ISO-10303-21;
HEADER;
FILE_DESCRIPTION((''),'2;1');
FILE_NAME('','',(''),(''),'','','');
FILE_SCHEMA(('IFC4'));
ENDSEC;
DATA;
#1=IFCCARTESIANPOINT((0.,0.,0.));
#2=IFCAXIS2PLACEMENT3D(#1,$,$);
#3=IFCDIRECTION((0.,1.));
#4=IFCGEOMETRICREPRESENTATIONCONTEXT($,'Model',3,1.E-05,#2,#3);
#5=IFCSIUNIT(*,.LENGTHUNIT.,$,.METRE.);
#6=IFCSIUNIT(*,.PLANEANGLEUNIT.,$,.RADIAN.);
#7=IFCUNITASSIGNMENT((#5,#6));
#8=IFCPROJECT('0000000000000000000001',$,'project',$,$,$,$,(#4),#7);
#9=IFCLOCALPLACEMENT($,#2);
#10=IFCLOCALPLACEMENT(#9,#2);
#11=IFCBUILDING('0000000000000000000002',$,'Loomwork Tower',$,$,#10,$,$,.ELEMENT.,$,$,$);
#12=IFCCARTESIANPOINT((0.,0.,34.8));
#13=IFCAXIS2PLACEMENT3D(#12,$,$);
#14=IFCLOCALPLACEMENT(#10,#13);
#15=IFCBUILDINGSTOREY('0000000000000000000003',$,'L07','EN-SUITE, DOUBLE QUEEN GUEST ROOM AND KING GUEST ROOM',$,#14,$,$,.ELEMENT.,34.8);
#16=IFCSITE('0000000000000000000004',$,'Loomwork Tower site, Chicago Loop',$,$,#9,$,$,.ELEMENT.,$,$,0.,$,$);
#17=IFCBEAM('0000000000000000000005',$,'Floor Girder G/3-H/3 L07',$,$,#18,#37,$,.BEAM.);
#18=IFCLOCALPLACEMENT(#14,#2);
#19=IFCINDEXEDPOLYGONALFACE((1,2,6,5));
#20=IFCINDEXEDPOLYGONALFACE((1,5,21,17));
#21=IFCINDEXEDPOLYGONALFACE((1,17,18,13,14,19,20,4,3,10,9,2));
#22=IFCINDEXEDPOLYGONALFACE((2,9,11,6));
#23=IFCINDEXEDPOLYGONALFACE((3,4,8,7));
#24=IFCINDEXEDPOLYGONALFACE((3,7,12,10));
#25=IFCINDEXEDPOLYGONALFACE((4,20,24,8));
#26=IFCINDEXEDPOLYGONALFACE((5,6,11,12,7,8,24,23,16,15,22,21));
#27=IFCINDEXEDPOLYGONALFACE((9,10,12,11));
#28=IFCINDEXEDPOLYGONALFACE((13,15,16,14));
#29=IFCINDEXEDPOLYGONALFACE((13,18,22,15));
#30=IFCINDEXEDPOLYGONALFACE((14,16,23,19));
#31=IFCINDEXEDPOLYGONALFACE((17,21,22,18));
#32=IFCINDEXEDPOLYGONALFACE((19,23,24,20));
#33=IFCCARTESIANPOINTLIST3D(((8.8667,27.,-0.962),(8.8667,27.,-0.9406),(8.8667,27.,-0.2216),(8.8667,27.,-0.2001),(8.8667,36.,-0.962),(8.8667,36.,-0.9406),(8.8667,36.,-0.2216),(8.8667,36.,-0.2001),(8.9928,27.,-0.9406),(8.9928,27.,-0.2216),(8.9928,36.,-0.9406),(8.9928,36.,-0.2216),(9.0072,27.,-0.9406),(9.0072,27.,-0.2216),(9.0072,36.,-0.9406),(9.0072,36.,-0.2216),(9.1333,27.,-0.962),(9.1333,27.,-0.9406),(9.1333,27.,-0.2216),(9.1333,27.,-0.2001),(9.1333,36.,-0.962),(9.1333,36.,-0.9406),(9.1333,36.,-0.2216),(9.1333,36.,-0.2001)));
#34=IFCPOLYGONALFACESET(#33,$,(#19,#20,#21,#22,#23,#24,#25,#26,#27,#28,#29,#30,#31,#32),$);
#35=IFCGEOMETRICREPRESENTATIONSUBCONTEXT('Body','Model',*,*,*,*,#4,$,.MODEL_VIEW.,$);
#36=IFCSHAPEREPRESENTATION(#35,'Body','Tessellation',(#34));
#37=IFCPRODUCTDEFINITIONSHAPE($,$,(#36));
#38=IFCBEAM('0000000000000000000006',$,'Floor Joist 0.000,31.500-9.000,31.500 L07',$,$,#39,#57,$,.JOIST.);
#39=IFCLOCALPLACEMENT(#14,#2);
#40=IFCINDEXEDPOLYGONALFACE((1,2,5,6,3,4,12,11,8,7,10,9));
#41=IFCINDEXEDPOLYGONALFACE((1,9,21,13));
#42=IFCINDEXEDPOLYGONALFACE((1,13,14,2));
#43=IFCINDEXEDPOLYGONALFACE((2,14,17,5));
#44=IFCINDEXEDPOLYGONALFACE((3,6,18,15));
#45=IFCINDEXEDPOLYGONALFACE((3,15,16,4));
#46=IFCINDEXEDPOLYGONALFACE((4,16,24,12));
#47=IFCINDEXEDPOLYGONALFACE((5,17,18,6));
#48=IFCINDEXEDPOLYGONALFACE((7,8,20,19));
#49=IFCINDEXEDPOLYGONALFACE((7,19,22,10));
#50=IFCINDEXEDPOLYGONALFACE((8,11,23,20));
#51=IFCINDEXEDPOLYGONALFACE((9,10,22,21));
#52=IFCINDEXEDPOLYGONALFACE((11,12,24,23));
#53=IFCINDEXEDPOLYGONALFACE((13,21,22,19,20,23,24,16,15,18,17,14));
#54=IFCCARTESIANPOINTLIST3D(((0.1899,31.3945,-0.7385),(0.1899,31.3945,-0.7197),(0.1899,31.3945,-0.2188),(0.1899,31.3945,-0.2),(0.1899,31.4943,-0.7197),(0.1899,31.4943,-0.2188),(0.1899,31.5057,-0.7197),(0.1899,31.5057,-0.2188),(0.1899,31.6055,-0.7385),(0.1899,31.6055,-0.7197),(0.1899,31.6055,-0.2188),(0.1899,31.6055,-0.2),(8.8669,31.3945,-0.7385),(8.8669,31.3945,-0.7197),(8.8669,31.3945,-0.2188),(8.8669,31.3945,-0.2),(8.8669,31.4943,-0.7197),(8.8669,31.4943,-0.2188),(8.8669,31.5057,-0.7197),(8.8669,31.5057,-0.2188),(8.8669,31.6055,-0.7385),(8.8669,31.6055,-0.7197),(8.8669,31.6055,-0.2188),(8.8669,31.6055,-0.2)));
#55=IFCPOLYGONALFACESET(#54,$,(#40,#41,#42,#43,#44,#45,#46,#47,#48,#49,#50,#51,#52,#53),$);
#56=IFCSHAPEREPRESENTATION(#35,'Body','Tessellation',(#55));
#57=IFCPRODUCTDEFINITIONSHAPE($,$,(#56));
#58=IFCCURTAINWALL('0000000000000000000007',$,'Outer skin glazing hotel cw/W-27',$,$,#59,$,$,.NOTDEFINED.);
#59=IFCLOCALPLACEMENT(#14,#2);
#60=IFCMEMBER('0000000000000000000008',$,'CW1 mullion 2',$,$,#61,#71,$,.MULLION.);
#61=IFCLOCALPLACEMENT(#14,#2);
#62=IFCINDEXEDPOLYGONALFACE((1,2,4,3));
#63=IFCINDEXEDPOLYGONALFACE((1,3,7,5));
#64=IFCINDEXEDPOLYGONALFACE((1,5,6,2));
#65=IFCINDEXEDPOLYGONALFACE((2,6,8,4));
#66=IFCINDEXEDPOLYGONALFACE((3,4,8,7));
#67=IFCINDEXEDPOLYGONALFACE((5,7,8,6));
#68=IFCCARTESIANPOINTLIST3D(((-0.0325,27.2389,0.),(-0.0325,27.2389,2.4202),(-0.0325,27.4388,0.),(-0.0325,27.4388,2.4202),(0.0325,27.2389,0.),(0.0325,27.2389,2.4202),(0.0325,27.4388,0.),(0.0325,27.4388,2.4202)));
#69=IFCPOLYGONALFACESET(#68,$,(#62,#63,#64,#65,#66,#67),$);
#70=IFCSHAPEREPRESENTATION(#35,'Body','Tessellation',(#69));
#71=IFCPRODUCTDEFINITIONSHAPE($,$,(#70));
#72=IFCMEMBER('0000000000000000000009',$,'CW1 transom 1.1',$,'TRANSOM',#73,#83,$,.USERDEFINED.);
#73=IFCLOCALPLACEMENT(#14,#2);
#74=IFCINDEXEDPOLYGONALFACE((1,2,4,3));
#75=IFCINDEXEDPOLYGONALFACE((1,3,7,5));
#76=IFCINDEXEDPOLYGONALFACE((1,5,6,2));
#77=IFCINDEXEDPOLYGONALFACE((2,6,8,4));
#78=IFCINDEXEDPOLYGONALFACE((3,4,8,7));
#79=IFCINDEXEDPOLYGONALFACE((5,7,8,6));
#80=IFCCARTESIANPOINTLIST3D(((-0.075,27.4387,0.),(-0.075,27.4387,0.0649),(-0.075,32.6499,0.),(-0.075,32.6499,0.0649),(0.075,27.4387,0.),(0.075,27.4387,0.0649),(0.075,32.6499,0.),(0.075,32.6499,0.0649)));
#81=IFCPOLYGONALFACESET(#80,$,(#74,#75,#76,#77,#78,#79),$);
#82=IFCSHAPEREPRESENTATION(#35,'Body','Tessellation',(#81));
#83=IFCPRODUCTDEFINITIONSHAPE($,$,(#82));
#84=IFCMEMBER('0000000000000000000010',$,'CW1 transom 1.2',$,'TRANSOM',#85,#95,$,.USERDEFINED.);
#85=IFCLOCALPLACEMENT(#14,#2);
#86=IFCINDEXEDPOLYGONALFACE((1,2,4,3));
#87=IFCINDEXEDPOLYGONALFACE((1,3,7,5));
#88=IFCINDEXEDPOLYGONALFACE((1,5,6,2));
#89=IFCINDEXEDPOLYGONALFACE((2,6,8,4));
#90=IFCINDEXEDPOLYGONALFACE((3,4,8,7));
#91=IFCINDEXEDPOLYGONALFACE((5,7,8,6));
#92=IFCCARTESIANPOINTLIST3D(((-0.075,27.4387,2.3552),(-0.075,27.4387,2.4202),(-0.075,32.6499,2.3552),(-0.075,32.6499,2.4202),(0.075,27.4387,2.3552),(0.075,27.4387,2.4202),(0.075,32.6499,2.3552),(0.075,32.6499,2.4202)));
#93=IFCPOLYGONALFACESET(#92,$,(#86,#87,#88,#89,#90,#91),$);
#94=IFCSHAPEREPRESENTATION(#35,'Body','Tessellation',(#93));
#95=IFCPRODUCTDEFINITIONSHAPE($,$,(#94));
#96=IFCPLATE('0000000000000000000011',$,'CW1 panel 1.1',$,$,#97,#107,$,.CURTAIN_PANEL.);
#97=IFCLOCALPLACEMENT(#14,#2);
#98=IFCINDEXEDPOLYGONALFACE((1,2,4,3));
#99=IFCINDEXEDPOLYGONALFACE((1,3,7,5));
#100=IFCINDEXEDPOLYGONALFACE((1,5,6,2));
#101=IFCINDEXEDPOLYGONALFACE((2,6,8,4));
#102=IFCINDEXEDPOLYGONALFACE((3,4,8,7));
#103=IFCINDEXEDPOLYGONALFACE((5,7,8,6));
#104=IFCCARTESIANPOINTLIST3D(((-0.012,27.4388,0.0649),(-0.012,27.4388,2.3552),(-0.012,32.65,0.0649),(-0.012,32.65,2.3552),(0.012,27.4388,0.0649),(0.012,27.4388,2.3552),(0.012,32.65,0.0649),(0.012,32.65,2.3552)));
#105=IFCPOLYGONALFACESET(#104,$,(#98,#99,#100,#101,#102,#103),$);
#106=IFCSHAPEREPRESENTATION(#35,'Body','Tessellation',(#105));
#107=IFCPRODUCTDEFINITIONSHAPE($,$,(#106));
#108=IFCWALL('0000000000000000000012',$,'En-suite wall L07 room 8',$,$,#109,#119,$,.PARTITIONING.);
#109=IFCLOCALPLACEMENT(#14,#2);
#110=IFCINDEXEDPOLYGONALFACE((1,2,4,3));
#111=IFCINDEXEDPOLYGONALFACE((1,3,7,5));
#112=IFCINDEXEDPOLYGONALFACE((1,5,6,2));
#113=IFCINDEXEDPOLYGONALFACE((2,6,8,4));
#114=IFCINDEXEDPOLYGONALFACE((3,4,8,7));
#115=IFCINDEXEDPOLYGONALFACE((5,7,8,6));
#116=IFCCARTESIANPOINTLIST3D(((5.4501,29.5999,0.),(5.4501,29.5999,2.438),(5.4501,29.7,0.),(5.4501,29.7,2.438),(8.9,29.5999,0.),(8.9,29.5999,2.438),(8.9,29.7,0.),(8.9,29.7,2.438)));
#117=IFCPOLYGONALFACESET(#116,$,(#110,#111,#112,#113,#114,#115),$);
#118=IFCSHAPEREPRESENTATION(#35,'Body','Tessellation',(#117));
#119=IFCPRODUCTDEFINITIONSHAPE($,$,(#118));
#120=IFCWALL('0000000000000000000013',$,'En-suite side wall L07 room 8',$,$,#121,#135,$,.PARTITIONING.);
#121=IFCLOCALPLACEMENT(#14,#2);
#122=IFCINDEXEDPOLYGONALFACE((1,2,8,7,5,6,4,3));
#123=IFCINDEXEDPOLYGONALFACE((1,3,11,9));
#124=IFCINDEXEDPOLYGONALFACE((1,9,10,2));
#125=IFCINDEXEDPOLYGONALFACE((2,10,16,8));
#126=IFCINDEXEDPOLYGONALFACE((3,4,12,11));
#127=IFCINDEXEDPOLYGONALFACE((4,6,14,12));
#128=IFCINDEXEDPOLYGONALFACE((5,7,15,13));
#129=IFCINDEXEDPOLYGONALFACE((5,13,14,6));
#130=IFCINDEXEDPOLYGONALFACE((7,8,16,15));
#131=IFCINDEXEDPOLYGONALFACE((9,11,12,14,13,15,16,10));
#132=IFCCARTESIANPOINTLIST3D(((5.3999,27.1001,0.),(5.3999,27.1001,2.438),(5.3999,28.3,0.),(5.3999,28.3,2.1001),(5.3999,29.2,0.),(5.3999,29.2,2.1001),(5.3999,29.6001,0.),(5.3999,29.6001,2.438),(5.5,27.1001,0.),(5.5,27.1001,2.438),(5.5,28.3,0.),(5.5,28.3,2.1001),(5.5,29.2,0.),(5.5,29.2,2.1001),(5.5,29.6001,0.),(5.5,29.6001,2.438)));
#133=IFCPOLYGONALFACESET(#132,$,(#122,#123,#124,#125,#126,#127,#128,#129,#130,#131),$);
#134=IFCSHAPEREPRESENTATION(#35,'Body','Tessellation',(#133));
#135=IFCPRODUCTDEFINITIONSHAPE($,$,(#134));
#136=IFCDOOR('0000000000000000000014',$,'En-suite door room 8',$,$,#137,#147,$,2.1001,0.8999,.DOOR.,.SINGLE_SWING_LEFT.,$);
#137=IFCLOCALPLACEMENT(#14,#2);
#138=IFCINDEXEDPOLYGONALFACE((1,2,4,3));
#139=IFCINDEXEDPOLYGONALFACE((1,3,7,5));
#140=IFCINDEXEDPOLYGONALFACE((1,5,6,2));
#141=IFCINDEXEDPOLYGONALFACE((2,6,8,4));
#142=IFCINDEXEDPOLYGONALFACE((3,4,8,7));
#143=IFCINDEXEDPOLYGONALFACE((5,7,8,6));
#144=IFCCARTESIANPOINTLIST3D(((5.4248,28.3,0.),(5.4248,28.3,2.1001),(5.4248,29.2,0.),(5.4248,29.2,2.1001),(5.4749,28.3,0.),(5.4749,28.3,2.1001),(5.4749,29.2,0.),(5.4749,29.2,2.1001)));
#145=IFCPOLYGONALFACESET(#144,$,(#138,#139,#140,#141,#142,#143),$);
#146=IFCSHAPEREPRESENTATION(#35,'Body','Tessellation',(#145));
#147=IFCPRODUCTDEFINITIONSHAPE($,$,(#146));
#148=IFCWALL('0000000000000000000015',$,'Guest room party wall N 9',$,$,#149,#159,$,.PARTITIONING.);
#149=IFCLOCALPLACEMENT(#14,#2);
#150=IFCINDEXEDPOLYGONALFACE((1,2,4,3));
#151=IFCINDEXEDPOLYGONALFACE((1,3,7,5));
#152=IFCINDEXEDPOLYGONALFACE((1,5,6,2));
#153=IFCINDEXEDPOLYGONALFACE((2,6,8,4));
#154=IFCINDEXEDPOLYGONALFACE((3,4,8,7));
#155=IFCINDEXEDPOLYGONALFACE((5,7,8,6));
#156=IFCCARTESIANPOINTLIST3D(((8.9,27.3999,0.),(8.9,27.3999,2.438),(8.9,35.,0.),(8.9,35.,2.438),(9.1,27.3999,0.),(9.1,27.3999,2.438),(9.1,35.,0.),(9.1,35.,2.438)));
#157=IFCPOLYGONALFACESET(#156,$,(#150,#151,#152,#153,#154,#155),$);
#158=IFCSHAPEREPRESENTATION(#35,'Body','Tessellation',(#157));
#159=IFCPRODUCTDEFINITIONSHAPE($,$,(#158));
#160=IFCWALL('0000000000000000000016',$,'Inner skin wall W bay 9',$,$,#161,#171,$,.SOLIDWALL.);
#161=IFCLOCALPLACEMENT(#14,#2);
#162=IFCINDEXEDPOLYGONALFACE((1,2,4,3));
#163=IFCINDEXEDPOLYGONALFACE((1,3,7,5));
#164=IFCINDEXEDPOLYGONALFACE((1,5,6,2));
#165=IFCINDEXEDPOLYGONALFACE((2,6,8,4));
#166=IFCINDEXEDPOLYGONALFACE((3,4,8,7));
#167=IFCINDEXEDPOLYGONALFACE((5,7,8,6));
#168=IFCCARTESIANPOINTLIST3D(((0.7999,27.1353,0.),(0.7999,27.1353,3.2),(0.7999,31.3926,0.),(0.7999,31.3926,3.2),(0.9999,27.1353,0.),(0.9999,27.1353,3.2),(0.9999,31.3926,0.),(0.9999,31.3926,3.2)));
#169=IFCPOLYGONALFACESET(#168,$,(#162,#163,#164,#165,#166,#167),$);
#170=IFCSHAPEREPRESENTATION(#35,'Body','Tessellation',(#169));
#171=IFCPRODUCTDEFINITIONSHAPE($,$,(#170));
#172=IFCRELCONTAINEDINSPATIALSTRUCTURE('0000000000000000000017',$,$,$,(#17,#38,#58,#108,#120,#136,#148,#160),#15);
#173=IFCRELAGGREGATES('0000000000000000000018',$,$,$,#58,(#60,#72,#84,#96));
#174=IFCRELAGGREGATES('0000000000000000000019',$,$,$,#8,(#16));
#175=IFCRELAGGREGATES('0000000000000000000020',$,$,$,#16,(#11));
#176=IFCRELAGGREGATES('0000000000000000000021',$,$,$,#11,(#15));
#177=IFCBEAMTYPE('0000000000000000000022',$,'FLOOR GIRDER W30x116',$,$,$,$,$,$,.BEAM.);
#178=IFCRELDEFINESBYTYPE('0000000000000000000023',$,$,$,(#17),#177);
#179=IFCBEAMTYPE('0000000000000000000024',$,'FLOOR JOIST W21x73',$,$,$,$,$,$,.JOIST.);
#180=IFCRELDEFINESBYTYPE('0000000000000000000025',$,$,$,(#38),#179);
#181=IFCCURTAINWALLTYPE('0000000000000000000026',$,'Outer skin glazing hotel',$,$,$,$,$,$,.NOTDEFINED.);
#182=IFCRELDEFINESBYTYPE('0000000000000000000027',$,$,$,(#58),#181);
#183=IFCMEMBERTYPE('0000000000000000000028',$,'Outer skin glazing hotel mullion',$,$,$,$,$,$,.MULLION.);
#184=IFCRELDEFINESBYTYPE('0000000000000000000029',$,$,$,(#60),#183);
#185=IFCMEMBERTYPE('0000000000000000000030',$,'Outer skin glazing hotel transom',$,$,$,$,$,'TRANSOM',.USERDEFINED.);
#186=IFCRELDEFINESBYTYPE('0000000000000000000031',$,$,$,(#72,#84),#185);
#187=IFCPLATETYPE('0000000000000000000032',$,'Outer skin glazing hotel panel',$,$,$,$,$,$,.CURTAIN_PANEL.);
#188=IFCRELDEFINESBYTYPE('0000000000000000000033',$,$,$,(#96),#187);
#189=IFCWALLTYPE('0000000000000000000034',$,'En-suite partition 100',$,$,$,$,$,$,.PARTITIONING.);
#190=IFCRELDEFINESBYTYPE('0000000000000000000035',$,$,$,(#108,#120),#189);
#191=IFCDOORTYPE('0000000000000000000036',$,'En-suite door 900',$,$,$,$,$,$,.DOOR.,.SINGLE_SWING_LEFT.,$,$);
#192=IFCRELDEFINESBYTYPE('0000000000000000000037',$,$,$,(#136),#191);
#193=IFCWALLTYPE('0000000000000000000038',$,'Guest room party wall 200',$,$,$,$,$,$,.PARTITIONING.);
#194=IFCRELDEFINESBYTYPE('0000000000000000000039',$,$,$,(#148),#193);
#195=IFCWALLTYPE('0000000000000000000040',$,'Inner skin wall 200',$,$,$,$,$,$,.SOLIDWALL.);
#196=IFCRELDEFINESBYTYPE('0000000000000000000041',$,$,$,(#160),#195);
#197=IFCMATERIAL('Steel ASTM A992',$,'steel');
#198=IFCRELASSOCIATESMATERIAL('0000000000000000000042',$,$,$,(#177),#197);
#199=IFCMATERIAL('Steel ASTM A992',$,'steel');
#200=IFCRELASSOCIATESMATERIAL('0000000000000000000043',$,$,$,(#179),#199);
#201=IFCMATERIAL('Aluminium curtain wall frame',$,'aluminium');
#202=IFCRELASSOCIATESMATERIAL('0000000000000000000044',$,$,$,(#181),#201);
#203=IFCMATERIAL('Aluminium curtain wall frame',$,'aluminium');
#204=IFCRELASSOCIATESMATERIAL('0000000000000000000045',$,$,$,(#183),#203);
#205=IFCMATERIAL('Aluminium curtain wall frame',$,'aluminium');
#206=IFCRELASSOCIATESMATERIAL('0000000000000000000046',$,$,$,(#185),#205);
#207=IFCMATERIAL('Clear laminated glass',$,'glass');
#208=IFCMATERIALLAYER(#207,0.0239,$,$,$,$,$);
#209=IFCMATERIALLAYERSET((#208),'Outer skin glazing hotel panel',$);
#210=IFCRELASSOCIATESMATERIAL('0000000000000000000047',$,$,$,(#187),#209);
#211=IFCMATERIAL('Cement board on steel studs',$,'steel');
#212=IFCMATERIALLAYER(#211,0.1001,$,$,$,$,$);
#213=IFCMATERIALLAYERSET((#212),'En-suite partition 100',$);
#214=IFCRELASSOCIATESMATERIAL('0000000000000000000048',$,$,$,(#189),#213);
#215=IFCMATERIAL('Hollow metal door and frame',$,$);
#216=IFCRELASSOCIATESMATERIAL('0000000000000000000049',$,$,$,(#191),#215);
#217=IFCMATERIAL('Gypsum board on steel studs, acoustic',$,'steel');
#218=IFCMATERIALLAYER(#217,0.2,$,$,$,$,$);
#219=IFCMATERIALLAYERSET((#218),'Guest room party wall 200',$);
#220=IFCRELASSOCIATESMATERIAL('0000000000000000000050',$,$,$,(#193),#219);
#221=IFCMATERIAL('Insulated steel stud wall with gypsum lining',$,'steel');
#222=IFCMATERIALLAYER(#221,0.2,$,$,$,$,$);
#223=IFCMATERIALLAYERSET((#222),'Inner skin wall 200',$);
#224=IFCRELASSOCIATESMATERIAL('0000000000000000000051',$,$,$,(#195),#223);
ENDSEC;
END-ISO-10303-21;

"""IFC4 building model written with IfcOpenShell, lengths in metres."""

from ifc_helpers import new_model, si_unit, direction, frame, frame_2d, origin, origin_2d, place, context, subcontext, project, spatial, rectangle, i_section, extrude, material, layer, layer_set, material_profile, profile_set, type_object, element, fill, aggregate, save


model = new_model("IFC4")

# Units and contexts
model_context = context("Model", 3, precision=1e-05, world=origin(), true_north=direction((0.0, 1.0)))
body_context = subcontext(model_context, "Body", "Model", "MODEL_VIEW")
ifc_project = project(units=[si_unit("LENGTHUNIT", "METRE"), si_unit("PLANEANGLEUNIT", "RADIAN")], contexts=[model_context])

# Site, building, storey
site_placement = place(None, origin())
site = spatial("IfcSite", under=ifc_project, at=site_placement, Name="Loomwork Tower site, Chicago Loop", CompositionType="ELEMENT", RefElevation=0.0)
building_placement = place(site_placement, origin())
building = spatial("IfcBuilding", under=site, at=building_placement, Name="Loomwork Tower", CompositionType="ELEMENT")
storey_placement = place(building_placement, frame((0.0, 0.0, 34.8)))
storey = spatial("IfcBuildingStorey", under=building, at=storey_placement, Name="L07", Description="EN-SUITE, DOUBLE QUEEN GUEST ROOM AND KING GUEST ROOM", CompositionType="ELEMENT", Elevation=34.8)

# Beams
ifc_material_1 = material(Name="Steel ASTM A992", Category="steel")
ifc_material_profile_1 = material_profile(ifc_material_1, i_section(OverallWidth=0.2666, OverallDepth=0.762, WebThickness=0.0144, FlangeThickness=0.0215, at=origin_2d()), Name="W30x116")
ifc_profile_set_1 = profile_set([ifc_material_profile_1], Name="Steel ASTM A992")
beam_type_1 = type_object("IfcBeamType", Name="FLOOR GIRDER W30x116", PredefinedType="BEAM", material=ifc_profile_set_1)
beam_1_placement = place(storey_placement, frame((9.0, 27.0, -0.5811), z_axis=(0.0, 1.0, 0.0), x_axis=(-1.0, 0.0, 0.0)))
element("IfcBeam", 1, at=beam_1_placement, inside=storey, type_object=beam_type_1, Name="Floor Girder G/3-H/3 L07", PredefinedType="BEAM", context=body_context, shape_type="SweptSolid", body=[
    extrude(i_section(OverallWidth=0.2666, OverallDepth=0.762, WebThickness=0.0144, FlangeThickness=0.0215, at=origin_2d()), origin(), (0.0, 0.0, 1.0), 9.0),
])
ifc_material_2 = material(Name="Steel ASTM A992", Category="steel")
ifc_material_profile_2 = material_profile(ifc_material_2, i_section(OverallWidth=0.2109, OverallDepth=0.5386, WebThickness=0.0115, FlangeThickness=0.0188, at=origin_2d()), Name="W21x73")
ifc_profile_set_2 = profile_set([ifc_material_profile_2], Name="Steel ASTM A992")
beam_type_2 = type_object("IfcBeamType", Name="FLOOR JOIST W21x73", PredefinedType="JOIST", material=ifc_profile_set_2)
beam_2_placement = place(storey_placement, frame((0.1899, 31.5, -0.4692), z_axis=(1.0, 0.0, 0.0), x_axis=(0.0, 1.0, 0.0)))
element("IfcBeam", 2, at=beam_2_placement, inside=storey, type_object=beam_type_2, Name="Floor Joist 0.000,31.500-9.000,31.500 L07", PredefinedType="JOIST", context=body_context, shape_type="SweptSolid", body=[
    extrude(i_section(OverallWidth=0.2109, OverallDepth=0.5386, WebThickness=0.0115, FlangeThickness=0.0188, at=origin_2d()), origin(), (0.0, 0.0, 1.0), 8.677),
])

# Curtain wall, members, plate
ifc_material_3 = material(Name="Aluminium curtain wall frame", Category="aluminium")
curtain_wall_type = type_object("IfcCurtainWallType", Name="Outer skin glazing hotel", PredefinedType="NOTDEFINED", material=ifc_material_3)
curtain_wall_placement = place(storey_placement, origin())
curtain_wall = element("IfcCurtainWall", 3, at=curtain_wall_placement, inside=storey, type_object=curtain_wall_type, Name="Outer skin glazing hotel cw/W-27", PredefinedType="NOTDEFINED")
ifc_material_4 = material(Name="Aluminium curtain wall frame", Category="aluminium")
ifc_material_profile_3 = material_profile(ifc_material_4, rectangle(XDim=0.0649, YDim=0.2, at=origin_2d()), Name="AL 65x200")
ifc_profile_set_3 = profile_set([ifc_material_profile_3], Name="Aluminium curtain wall frame")
member_type_1 = type_object("IfcMemberType", Name="Outer skin glazing hotel mullion", PredefinedType="MULLION", material=ifc_profile_set_3)
member_1_placement = place(storey_placement, frame((0.0, 27.3389, 0.0), z_axis=(0.0, 0.0, 1.0), x_axis=(1.0, 0.0, 0.0)))
member_1 = element("IfcMember", 4, at=member_1_placement, type_object=member_type_1, Name="CW1 mullion 2", PredefinedType="MULLION", context=body_context, shape_type="SweptSolid", body=[
    extrude(rectangle(XDim=0.0649, YDim=0.2, at=origin_2d()), origin(), (0.0, 0.0, 1.0), 2.4202),
])
ifc_material_5 = material(Name="Aluminium curtain wall frame", Category="aluminium")
ifc_material_profile_4 = material_profile(ifc_material_5, rectangle(XDim=0.1499, YDim=0.0649, at=origin_2d()), Name="AL 65x150")
ifc_profile_set_4 = profile_set([ifc_material_profile_4], Name="Aluminium curtain wall frame")
member_type_2 = type_object("IfcMemberType", Name="Outer skin glazing hotel transom", ElementType="TRANSOM", PredefinedType="USERDEFINED", material=ifc_profile_set_4)
member_2_placement = place(storey_placement, frame((0.0, 32.6499, 0.0325), z_axis=(0.0, -1.0, 0.0), x_axis=(1.0, 0.0, 0.0)))
member_2 = element("IfcMember", 5, at=member_2_placement, type_object=member_type_2, Name="CW1 transom 1.1", ObjectType="TRANSOM", PredefinedType="USERDEFINED", context=body_context, shape_type="SweptSolid", body=[
    extrude(rectangle(XDim=0.1499, YDim=0.0649, at=origin_2d()), origin(), (0.0, 0.0, 1.0), 5.2112),
])
member_3_placement = place(storey_placement, frame((0.0, 32.6499, 2.3877), z_axis=(0.0, -1.0, 0.0), x_axis=(1.0, 0.0, 0.0)))
member_3 = element("IfcMember", 6, at=member_3_placement, type_object=member_type_2, Name="CW1 transom 1.2", ObjectType="TRANSOM", PredefinedType="USERDEFINED", context=body_context, shape_type="SweptSolid", body=[
    extrude(rectangle(XDim=0.1499, YDim=0.0649, at=origin_2d()), origin(), (0.0, 0.0, 1.0), 5.2112),
])
ifc_material_6 = material(Name="Clear laminated glass", Category="glass")
ifc_layer_1 = layer(ifc_material_6, 0.0239)
ifc_layer_set_1 = layer_set([ifc_layer_1], Name="Outer skin glazing hotel panel")
plate_type = type_object("IfcPlateType", Name="Outer skin glazing hotel panel", PredefinedType="CURTAIN_PANEL", material=ifc_layer_set_1)
plate_placement = place(storey_placement, frame((0.0, 30.0444, 0.0649), z_axis=(0.0, 0.0, 1.0), x_axis=(0.0, -1.0, 0.0)))
plate = element("IfcPlate", 7, at=plate_placement, type_object=plate_type, Name="CW1 panel 1.1", PredefinedType="CURTAIN_PANEL", context=body_context, shape_type="SweptSolid", body=[
    extrude(rectangle(XDim=5.2112, YDim=0.0239, at=origin_2d()), origin(), (0.0, 0.0, 1.0), 2.2903),
])
aggregate(curtain_wall, [member_1, member_2, member_3, plate])

# Wall
ifc_material_7 = material(Name="Cement board on steel studs", Category="steel")
ifc_layer_2 = layer(ifc_material_7, 0.1001)
ifc_layer_set_2 = layer_set([ifc_layer_2], Name="En-suite partition 100")
wall_type_1 = type_object("IfcWallType", Name="En-suite partition 100", PredefinedType="PARTITIONING", material=ifc_layer_set_2)
wall_1_placement = place(storey_placement, frame((5.45, 29.6499, 0.0), z_axis=(0.0, 0.0, 1.0), x_axis=(1.0, 0.0, 0.0)))
element("IfcWall", 8, at=wall_1_placement, inside=storey, type_object=wall_type_1, Name="En-suite wall L07 room 8", PredefinedType="PARTITIONING", context=body_context, shape_type="SweptSolid", body=[
    extrude(rectangle(XDim=3.45, YDim=0.1001, at=frame_2d((1.7251, 0.0))), origin(), (0.0, 0.0, 1.0), 2.438),
])

# Wall, opening, door
wall_2_placement = place(storey_placement, frame((5.45, 27.1001, 0.0), z_axis=(0.0, 0.0, 1.0), x_axis=(0.0, 1.0, 0.0)))
wall_2 = element("IfcWall", 9, at=wall_2_placement, inside=storey, type_object=wall_type_1, Name="En-suite side wall L07 room 8", PredefinedType="PARTITIONING", context=body_context, shape_type="SweptSolid", body=[
    extrude(rectangle(XDim=2.5, YDim=0.1001, at=frame_2d((1.25, 0.0))), origin(), (0.0, 0.0, 1.0), 2.438),
])
opening_placement = place(wall_2_placement, frame((1.2, 0.0, 0.0)))
opening = element("IfcOpeningElement", 10, at=opening_placement, cuts=wall_2, PredefinedType="OPENING", context=body_context, shape_type="SweptSolid", body=[
    extrude(rectangle(XDim=0.8999, YDim=2.1001, at=frame_2d((0.45, 1.05))), frame((0.0, 0.0601, 0.0), z_axis=(0.0, -1.0, 0.0), x_axis=(1.0, 0.0, 0.0)), (0.0, 0.0, 1.0), 0.1201),
])
ifc_material_8 = material(Name="Hollow metal door and frame")
door_type = type_object("IfcDoorType", Name="En-suite door 900", OperationType="SINGLE_SWING_LEFT", PredefinedType="DOOR", material=ifc_material_8)
door_placement = place(opening_placement, frame((0.8999, 0.0, 0.0), z_axis=(0.0, 0.0, 1.0), x_axis=(-1.0, 0.0, 0.0)))
door = element("IfcDoor", 11, at=door_placement, inside=storey, type_object=door_type, Name="En-suite door room 8", OperationType="SINGLE_SWING_LEFT", OverallHeight=2.1001, OverallWidth=0.8999, PredefinedType="DOOR", context=body_context, shape_type="SweptSolid", body=[
    extrude(rectangle(XDim=0.8999, YDim=2.1001, at=frame_2d((0.45, 1.05))), frame((0.0, 0.0249, 0.0), z_axis=(0.0, -1.0, 0.0), x_axis=(1.0, 0.0, 0.0)), (0.0, 0.0, 1.0), 0.05),
])
fill(opening, door)

# Walls
ifc_material_9 = material(Name="Gypsum board on steel studs, acoustic", Category="steel")
ifc_layer_3 = layer(ifc_material_9, 0.2)
ifc_layer_set_3 = layer_set([ifc_layer_3], Name="Guest room party wall 200")
wall_type_2 = type_object("IfcWallType", Name="Guest room party wall 200", PredefinedType="PARTITIONING", material=ifc_layer_set_3)
wall_3_placement = place(storey_placement, frame((9.0, 27.3999, 0.0), z_axis=(0.0, 0.0, 1.0), x_axis=(0.0, 1.0, 0.0)))
element("IfcWall", 12, at=wall_3_placement, inside=storey, type_object=wall_type_2, Name="Guest room party wall N 9", PredefinedType="PARTITIONING", context=body_context, shape_type="SweptSolid", body=[
    extrude(rectangle(XDim=7.6001, YDim=0.2, at=frame_2d((3.8, 0.0))), origin(), (0.0, 0.0, 1.0), 2.438),
])
ifc_material_10 = material(Name="Insulated steel stud wall with gypsum lining", Category="steel")
ifc_layer_4 = layer(ifc_material_10, 0.2)
ifc_layer_set_4 = layer_set([ifc_layer_4], Name="Inner skin wall 200")
wall_type_3 = type_object("IfcWallType", Name="Inner skin wall 200", PredefinedType="SOLIDWALL", material=ifc_layer_set_4)
wall_4_placement = place(storey_placement, frame((0.8999, 27.1353, 0.0), z_axis=(0.0, 0.0, 1.0), x_axis=(0.0, 1.0, 0.0)))
element("IfcWall", 13, at=wall_4_placement, inside=storey, type_object=wall_type_3, Name="Inner skin wall W bay 9", PredefinedType="SOLIDWALL", context=body_context, shape_type="SweptSolid", body=[
    extrude(rectangle(XDim=4.2573, YDim=0.2, at=frame_2d((2.1287, 0.0))), origin(), (0.0, 0.0, 1.0), 3.2),
])

save(model, "model.ifc")
